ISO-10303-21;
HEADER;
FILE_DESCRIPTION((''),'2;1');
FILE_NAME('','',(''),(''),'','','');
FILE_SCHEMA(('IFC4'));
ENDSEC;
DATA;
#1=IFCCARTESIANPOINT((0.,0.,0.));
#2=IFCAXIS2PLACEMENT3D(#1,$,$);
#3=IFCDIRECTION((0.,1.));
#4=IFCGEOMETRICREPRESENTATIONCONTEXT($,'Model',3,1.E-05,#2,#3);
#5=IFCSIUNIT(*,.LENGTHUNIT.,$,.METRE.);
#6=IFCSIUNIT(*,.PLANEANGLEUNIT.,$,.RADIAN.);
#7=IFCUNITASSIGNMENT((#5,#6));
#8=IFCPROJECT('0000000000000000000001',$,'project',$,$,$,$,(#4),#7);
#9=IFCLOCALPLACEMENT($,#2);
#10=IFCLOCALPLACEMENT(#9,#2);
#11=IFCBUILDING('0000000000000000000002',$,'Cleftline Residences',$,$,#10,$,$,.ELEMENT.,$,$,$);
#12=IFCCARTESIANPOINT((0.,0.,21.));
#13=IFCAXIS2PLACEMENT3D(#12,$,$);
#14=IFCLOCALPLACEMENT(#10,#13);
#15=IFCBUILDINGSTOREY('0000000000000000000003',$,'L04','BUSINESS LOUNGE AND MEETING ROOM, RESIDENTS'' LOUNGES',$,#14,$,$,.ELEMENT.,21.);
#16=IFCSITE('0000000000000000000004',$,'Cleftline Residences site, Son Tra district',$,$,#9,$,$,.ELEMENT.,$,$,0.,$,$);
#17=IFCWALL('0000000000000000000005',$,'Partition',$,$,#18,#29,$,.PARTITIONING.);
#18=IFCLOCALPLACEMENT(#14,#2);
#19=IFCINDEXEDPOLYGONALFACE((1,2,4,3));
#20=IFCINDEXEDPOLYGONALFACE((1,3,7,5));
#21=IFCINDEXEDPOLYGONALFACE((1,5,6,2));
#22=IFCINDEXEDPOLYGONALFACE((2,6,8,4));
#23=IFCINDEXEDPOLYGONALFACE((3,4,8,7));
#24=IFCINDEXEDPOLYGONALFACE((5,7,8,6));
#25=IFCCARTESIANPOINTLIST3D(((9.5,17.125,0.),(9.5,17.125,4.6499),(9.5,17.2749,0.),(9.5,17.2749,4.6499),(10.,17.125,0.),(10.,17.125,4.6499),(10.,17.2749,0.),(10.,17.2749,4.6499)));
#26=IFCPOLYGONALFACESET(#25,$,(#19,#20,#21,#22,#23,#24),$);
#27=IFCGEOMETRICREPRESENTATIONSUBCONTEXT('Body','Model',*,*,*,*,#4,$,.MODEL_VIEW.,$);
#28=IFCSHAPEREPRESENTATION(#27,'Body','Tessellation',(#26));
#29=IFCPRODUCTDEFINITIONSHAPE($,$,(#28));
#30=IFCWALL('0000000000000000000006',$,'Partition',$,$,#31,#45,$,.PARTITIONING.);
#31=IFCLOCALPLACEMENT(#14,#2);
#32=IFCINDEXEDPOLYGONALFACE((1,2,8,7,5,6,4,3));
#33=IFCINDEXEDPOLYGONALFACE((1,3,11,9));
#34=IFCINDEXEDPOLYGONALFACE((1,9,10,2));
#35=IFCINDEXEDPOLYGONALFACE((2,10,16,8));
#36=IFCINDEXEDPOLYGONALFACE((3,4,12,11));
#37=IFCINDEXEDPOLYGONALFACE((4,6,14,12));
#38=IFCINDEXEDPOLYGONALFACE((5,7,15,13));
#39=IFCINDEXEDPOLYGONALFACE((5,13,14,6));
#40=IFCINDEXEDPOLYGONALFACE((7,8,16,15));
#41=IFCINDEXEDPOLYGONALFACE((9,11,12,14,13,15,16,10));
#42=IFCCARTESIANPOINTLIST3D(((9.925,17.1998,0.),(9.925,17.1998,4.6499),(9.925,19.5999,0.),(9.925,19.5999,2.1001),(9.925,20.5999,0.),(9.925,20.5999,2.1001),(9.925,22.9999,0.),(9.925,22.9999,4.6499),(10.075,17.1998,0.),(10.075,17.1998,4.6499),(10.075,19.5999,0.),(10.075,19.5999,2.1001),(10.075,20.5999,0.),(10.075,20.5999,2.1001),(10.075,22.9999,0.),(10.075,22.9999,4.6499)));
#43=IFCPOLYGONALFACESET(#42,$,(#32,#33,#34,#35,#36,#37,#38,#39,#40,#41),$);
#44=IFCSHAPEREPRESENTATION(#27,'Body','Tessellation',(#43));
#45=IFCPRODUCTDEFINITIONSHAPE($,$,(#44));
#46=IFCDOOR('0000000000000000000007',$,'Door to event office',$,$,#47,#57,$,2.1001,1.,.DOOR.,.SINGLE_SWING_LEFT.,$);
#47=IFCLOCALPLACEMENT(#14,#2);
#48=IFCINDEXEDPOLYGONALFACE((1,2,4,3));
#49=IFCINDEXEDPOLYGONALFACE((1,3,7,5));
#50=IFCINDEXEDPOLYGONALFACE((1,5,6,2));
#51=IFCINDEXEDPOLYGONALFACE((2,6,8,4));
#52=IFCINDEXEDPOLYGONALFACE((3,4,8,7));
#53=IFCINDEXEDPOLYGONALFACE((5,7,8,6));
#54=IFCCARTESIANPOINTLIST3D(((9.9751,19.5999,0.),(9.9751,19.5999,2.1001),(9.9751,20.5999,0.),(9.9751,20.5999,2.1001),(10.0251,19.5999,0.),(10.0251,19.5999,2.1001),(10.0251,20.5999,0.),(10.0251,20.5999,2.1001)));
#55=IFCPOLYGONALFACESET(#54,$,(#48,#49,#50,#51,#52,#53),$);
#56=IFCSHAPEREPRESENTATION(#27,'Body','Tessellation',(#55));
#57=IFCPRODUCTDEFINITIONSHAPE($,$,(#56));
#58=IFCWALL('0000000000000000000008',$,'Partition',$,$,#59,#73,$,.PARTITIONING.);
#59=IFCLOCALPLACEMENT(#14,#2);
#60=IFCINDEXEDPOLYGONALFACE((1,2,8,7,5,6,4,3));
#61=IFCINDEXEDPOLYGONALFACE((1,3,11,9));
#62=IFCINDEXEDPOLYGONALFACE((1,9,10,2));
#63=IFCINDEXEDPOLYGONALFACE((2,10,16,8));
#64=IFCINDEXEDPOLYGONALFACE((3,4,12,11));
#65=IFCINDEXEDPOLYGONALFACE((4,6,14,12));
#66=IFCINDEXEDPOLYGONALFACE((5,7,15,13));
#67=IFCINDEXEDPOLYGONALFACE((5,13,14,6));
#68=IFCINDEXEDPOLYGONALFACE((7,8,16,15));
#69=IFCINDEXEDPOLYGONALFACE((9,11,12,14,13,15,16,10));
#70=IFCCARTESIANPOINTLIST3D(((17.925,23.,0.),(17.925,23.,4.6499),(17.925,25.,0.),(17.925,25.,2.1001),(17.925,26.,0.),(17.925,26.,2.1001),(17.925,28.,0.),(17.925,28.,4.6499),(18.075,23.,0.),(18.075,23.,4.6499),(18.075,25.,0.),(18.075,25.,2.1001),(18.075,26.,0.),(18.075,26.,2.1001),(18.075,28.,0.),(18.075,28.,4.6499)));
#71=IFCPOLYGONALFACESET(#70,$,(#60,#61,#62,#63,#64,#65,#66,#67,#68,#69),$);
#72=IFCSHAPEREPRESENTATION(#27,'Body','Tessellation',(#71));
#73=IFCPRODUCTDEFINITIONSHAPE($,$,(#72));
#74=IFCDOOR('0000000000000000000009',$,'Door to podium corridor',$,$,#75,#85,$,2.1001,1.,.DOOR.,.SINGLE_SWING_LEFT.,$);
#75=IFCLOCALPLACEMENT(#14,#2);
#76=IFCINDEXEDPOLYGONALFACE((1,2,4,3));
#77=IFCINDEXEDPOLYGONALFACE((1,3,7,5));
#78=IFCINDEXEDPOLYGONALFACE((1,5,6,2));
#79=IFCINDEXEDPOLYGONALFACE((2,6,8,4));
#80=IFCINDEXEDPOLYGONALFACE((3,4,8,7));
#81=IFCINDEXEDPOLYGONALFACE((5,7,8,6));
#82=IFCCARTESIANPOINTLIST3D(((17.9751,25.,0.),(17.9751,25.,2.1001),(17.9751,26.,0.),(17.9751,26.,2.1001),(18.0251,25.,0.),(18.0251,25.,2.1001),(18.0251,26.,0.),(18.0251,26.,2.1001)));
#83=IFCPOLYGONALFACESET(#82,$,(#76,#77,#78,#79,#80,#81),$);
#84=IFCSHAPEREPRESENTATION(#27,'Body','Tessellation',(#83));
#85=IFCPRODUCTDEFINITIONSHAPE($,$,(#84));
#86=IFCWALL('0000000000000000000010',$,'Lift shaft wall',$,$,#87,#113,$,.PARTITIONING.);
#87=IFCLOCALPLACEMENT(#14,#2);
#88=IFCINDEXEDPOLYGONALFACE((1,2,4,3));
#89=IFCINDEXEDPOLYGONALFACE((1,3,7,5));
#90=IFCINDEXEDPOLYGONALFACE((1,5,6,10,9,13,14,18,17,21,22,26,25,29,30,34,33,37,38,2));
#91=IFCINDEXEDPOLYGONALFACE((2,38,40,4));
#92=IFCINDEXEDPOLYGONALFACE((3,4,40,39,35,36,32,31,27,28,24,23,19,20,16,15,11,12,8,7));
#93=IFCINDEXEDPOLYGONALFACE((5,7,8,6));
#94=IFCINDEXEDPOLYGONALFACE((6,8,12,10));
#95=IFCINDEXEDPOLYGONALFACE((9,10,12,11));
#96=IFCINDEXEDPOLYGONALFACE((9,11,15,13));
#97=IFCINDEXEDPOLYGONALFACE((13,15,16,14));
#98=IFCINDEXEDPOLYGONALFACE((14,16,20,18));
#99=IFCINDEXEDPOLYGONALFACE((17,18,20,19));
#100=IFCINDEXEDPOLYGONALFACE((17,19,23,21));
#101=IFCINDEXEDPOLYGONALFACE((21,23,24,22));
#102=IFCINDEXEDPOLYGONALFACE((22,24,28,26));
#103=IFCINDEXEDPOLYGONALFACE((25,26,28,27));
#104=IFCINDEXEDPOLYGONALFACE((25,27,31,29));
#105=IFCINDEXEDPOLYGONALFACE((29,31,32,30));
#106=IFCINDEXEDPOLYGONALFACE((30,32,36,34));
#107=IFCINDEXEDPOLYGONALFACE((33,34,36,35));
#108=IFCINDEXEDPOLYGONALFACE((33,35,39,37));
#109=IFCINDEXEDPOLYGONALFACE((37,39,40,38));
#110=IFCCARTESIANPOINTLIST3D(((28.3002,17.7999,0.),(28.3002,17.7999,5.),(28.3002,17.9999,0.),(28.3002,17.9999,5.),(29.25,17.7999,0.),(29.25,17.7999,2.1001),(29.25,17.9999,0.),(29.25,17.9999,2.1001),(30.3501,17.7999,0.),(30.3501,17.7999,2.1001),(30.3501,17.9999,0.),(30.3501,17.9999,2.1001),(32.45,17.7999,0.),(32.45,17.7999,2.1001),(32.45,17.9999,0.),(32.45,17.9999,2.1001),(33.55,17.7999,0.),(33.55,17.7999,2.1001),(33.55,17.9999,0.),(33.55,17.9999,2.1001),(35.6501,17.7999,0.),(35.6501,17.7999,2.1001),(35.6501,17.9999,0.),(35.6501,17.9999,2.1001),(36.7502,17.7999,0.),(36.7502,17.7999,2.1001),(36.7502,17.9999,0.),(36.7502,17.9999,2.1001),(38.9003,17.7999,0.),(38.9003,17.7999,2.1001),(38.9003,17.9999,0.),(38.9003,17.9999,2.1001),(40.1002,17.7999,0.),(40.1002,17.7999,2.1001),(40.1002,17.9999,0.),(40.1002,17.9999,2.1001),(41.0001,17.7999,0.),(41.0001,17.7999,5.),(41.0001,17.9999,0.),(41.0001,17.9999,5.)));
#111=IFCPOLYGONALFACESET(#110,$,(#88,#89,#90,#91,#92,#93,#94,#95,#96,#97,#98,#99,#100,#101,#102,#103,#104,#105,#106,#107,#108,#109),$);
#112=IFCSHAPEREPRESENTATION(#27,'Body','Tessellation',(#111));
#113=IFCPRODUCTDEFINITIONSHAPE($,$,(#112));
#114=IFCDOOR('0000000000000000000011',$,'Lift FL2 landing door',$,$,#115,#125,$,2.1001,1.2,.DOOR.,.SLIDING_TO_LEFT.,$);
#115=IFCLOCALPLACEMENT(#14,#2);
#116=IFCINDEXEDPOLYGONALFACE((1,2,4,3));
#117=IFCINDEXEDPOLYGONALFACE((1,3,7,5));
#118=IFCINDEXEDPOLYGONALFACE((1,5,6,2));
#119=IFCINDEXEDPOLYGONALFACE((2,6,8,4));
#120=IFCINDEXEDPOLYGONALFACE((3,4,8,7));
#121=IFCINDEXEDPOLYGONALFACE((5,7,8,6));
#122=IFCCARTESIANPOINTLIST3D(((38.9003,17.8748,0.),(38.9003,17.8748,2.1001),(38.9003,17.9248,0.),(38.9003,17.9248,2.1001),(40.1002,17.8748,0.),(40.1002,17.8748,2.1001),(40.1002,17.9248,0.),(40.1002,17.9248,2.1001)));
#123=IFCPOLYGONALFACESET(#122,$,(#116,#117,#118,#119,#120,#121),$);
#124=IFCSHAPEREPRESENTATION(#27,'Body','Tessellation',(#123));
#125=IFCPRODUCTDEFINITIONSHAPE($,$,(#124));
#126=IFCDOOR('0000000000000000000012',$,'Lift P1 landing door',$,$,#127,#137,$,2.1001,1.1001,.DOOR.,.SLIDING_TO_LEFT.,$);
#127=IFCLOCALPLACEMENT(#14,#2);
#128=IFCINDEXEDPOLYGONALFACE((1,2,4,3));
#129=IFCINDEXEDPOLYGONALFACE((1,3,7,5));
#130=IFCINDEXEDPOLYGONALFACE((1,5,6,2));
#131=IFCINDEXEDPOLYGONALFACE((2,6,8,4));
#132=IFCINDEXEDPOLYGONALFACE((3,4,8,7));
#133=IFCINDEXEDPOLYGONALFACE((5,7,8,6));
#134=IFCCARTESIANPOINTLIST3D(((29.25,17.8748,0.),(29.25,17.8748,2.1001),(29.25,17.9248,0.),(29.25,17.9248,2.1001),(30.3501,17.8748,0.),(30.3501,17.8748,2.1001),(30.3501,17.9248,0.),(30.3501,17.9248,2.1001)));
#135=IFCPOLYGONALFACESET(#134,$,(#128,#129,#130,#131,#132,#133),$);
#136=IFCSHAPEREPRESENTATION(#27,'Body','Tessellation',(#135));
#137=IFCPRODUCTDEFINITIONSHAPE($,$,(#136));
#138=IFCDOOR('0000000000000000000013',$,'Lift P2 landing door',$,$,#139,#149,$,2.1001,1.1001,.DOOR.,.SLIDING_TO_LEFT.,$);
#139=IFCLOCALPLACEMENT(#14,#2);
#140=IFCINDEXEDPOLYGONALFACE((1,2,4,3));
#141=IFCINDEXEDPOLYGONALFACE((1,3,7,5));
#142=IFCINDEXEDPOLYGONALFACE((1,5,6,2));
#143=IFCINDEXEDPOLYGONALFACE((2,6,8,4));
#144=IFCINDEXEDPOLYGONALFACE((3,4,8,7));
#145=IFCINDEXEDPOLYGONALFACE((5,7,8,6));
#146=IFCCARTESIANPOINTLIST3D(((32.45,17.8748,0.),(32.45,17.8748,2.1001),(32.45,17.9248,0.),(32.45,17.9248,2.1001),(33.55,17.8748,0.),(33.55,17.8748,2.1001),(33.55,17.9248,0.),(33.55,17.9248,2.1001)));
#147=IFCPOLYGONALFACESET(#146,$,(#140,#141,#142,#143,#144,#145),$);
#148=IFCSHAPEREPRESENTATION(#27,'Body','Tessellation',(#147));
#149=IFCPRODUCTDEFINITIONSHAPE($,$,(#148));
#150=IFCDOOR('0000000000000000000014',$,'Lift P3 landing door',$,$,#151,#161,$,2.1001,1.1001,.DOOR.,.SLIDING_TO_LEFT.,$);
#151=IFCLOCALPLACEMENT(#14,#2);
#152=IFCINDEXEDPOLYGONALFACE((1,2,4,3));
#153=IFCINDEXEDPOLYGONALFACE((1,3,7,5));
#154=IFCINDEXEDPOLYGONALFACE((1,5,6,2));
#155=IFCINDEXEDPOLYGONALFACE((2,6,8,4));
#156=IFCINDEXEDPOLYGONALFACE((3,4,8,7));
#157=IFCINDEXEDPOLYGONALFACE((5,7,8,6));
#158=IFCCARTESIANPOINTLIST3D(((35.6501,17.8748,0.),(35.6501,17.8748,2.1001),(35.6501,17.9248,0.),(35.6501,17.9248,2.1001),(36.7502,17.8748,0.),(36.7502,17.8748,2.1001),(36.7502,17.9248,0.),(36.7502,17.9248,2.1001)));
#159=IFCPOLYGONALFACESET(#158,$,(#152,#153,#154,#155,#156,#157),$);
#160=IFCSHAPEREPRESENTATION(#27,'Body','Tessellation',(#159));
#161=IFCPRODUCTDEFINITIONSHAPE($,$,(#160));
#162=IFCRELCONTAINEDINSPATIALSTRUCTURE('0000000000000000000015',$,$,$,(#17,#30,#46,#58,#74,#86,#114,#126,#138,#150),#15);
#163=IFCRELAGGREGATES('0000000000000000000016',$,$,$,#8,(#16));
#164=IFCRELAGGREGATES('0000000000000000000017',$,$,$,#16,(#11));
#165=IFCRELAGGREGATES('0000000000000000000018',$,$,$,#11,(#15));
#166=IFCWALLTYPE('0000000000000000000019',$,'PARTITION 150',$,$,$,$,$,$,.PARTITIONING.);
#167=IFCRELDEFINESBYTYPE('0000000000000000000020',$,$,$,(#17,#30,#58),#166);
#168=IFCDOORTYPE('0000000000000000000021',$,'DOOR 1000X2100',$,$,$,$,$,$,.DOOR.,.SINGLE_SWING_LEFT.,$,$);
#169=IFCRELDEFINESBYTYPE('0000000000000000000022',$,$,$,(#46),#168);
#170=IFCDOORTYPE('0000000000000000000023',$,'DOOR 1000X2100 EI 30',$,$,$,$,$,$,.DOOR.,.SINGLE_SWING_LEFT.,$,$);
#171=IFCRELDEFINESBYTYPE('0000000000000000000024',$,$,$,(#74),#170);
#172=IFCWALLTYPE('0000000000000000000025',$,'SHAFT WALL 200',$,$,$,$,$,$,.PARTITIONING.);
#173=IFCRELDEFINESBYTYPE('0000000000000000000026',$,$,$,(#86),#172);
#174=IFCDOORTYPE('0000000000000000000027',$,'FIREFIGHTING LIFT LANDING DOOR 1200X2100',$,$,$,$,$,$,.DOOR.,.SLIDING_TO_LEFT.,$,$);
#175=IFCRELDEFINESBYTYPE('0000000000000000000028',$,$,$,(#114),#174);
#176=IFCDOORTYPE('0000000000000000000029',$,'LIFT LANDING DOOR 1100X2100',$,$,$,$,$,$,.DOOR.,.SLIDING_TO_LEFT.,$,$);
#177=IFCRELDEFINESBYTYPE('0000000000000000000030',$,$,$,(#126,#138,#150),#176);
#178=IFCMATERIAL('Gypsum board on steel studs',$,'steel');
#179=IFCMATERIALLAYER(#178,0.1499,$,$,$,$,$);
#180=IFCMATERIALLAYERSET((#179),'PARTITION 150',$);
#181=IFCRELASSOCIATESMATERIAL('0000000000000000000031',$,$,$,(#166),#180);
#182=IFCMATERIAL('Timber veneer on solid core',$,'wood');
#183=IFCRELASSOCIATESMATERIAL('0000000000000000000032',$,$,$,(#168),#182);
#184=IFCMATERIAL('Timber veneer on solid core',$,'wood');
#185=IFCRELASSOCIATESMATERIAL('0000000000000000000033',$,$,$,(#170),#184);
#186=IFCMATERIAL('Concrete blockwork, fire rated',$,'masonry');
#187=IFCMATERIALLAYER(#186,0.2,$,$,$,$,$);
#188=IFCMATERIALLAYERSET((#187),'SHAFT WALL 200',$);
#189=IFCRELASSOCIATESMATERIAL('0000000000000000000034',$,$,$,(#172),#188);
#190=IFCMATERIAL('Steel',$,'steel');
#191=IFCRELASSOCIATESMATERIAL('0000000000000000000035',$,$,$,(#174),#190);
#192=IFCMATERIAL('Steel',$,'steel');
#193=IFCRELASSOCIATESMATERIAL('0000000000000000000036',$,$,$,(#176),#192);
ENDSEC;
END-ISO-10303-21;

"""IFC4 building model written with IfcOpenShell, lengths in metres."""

from ifc_helpers import new_model, si_unit, direction, frame, frame_2d, origin, place, context, subcontext, project, spatial, rectangle, extrude, material, layer, layer_set, type_object, element, fill, save


model = new_model("IFC4")

# Units and contexts
model_context = context("Model", 3, precision=1e-05, world=origin(), true_north=direction((0.0, 1.0)))
body_context = subcontext(model_context, "Body", "Model", "MODEL_VIEW")
ifc_project = project(units=[si_unit("LENGTHUNIT", "METRE"), si_unit("PLANEANGLEUNIT", "RADIAN")], contexts=[model_context])

# Site, building, storey
site_placement = place(None, origin())
site = spatial("IfcSite", under=ifc_project, at=site_placement, Name="Cleftline Residences site, Son Tra district", CompositionType="ELEMENT", RefElevation=0.0)
building_placement = place(site_placement, origin())
building = spatial("IfcBuilding", under=site, at=building_placement, Name="Cleftline Residences", CompositionType="ELEMENT")
storey_placement = place(building_placement, frame((0.0, 0.0, 21.0)))
storey = spatial("IfcBuildingStorey", under=building, at=storey_placement, Name="L04", Description="BUSINESS LOUNGE AND MEETING ROOM, RESIDENTS' LOUNGES", CompositionType="ELEMENT", Elevation=21.0)

# Wall
ifc_material_1 = material(Name="Gypsum board on steel studs", Category="steel")
ifc_layer_1 = layer(ifc_material_1, 0.1499)
ifc_layer_set_1 = layer_set([ifc_layer_1], Name="PARTITION 150")
wall_type_1 = type_object("IfcWallType", Name="PARTITION 150", PredefinedType="PARTITIONING", material=ifc_layer_set_1)
wall_1_placement = place(storey_placement, frame((9.5, 17.2, 0.0), z_axis=(0.0, 0.0, 1.0), x_axis=(1.0, 0.0, 0.0)))
element("IfcWall", 1, at=wall_1_placement, inside=storey, type_object=wall_type_1, Name="Partition", PredefinedType="PARTITIONING", context=body_context, shape_type="SweptSolid", body=[
    extrude(rectangle(XDim=0.5, YDim=0.1499, at=frame_2d((0.25, 0.0))), origin(), (0.0, 0.0, 1.0), 4.6499),
])

# Walls, openings, doors
wall_2_placement = place(storey_placement, frame((10.0, 17.2, 0.0), z_axis=(0.0, 0.0, 1.0), x_axis=(0.0, 1.0, 0.0)))
wall_2 = element("IfcWall", 2, at=wall_2_placement, inside=storey, type_object=wall_type_1, Name="Partition", PredefinedType="PARTITIONING", context=body_context, shape_type="SweptSolid", body=[
    extrude(rectangle(XDim=5.8, YDim=0.1499, at=frame_2d((2.8999, 0.0))), origin(), (0.0, 0.0, 1.0), 4.6499),
])
opening_1_placement = place(wall_2_placement, frame((2.3999, 0.0, 0.0)))
opening_1 = element("IfcOpeningElement", 3, at=opening_1_placement, cuts=wall_2, PredefinedType="OPENING", context=body_context, shape_type="SweptSolid", body=[
    extrude(rectangle(XDim=1.0, YDim=2.1001, at=frame_2d((0.5, 1.05))), frame((0.0, 0.085, 0.0), z_axis=(0.0, -1.0, 0.0), x_axis=(1.0, 0.0, 0.0)), (0.0, 0.0, 1.0), 0.1699),
])
ifc_material_2 = material(Name="Timber veneer on solid core", Category="wood")
door_type_1 = type_object("IfcDoorType", Name="DOOR 1000X2100", OperationType="SINGLE_SWING_LEFT", PredefinedType="DOOR", material=ifc_material_2)
door_1_placement = place(opening_1_placement, origin())
door_1 = element("IfcDoor", 4, at=door_1_placement, inside=storey, type_object=door_type_1, Name="Door to event office", OperationType="SINGLE_SWING_LEFT", OverallHeight=2.1001, OverallWidth=1.0, PredefinedType="DOOR", context=body_context, shape_type="SweptSolid", body=[
    extrude(rectangle(XDim=1.0, YDim=2.1001, at=frame_2d((0.5, 1.05))), frame((0.0, 0.0249, 0.0), z_axis=(0.0, -1.0, 0.0), x_axis=(1.0, 0.0, 0.0)), (0.0, 0.0, 1.0), 0.05),
])
fill(opening_1, door_1)
wall_3_placement = place(storey_placement, frame((18.0, 23.0, 0.0), z_axis=(0.0, 0.0, 1.0), x_axis=(0.0, 1.0, 0.0)))
wall_3 = element("IfcWall", 5, at=wall_3_placement, inside=storey, type_object=wall_type_1, Name="Partition", PredefinedType="PARTITIONING", context=body_context, shape_type="SweptSolid", body=[
    extrude(rectangle(XDim=5.0, YDim=0.1499, at=frame_2d((2.5, 0.0))), origin(), (0.0, 0.0, 1.0), 4.6499),
])
opening_2_placement = place(wall_3_placement, frame((2.0, 0.0, 0.0)))
opening_2 = element("IfcOpeningElement", 6, at=opening_2_placement, cuts=wall_3, PredefinedType="OPENING", context=body_context, shape_type="SweptSolid", body=[
    extrude(rectangle(XDim=1.0, YDim=2.1001, at=frame_2d((0.5, 1.05))), frame((0.0, 0.085, 0.0), z_axis=(0.0, -1.0, 0.0), x_axis=(1.0, 0.0, 0.0)), (0.0, 0.0, 1.0), 0.1699),
])
ifc_material_3 = material(Name="Timber veneer on solid core", Category="wood")
door_type_2 = type_object("IfcDoorType", Name="DOOR 1000X2100 EI 30", OperationType="SINGLE_SWING_LEFT", PredefinedType="DOOR", material=ifc_material_3)
door_2_placement = place(opening_2_placement, origin())
door_2 = element("IfcDoor", 7, at=door_2_placement, inside=storey, type_object=door_type_2, Name="Door to podium corridor", OperationType="SINGLE_SWING_LEFT", OverallHeight=2.1001, OverallWidth=1.0, PredefinedType="DOOR", context=body_context, shape_type="SweptSolid", body=[
    extrude(rectangle(XDim=1.0, YDim=2.1001, at=frame_2d((0.5, 1.05))), frame((0.0, 0.0249, 0.0), z_axis=(0.0, -1.0, 0.0), x_axis=(1.0, 0.0, 0.0)), (0.0, 0.0, 1.0), 0.05),
])
fill(opening_2, door_2)

# Wall, openings, doors
ifc_material_4 = material(Name="Concrete blockwork, fire rated", Category="masonry")
ifc_layer_2 = layer(ifc_material_4, 0.2)
ifc_layer_set_2 = layer_set([ifc_layer_2], Name="SHAFT WALL 200")
wall_type_2 = type_object("IfcWallType", Name="SHAFT WALL 200", PredefinedType="PARTITIONING", material=ifc_layer_set_2)
wall_4_placement = place(storey_placement, frame((28.3, 17.8999, 0.0), z_axis=(0.0, 0.0, 1.0), x_axis=(1.0, 0.0, 0.0)))
wall_4 = element("IfcWall", 8, at=wall_4_placement, inside=storey, type_object=wall_type_2, Name="Lift shaft wall", PredefinedType="PARTITIONING", context=body_context, shape_type="SweptSolid", body=[
    extrude(rectangle(XDim=12.7, YDim=0.2, at=frame_2d((6.3501, 0.0))), origin(), (0.0, 0.0, 1.0), 5.0),
])
opening_3_placement = place(wall_4_placement, frame((0.95, 0.0, 0.0)))
opening_3 = element("IfcOpeningElement", 9, at=opening_3_placement, cuts=wall_4, PredefinedType="OPENING", context=body_context, shape_type="SweptSolid", body=[
    extrude(rectangle(XDim=1.1001, YDim=2.1001, at=frame_2d((0.55, 1.05))), frame((0.0, 0.1099, 0.0), z_axis=(0.0, -1.0, 0.0), x_axis=(1.0, 0.0, 0.0)), (0.0, 0.0, 1.0), 0.22),
])
opening_4_placement = place(wall_4_placement, frame((4.1499, 0.0, 0.0)))
opening_4 = element("IfcOpeningElement", 10, at=opening_4_placement, cuts=wall_4, PredefinedType="OPENING", context=body_context, shape_type="SweptSolid", body=[
    extrude(rectangle(XDim=1.1001, YDim=2.1001, at=frame_2d((0.55, 1.05))), frame((0.0, 0.1099, 0.0), z_axis=(0.0, -1.0, 0.0), x_axis=(1.0, 0.0, 0.0)), (0.0, 0.0, 1.0), 0.22),
])
opening_5_placement = place(wall_4_placement, frame((7.3501, 0.0, 0.0)))
opening_5 = element("IfcOpeningElement", 11, at=opening_5_placement, cuts=wall_4, PredefinedType="OPENING", context=body_context, shape_type="SweptSolid", body=[
    extrude(rectangle(XDim=1.1001, YDim=2.1001, at=frame_2d((0.55, 1.05))), frame((0.0, 0.1099, 0.0), z_axis=(0.0, -1.0, 0.0), x_axis=(1.0, 0.0, 0.0)), (0.0, 0.0, 1.0), 0.22),
])
opening_6_placement = place(wall_4_placement, frame((10.6001, 0.0, 0.0)))
opening_6 = element("IfcOpeningElement", 12, at=opening_6_placement, cuts=wall_4, PredefinedType="OPENING", context=body_context, shape_type="SweptSolid", body=[
    extrude(rectangle(XDim=1.2, YDim=2.1001, at=frame_2d((0.6001, 1.05))), frame((0.0, 0.1099, 0.0), z_axis=(0.0, -1.0, 0.0), x_axis=(1.0, 0.0, 0.0)), (0.0, 0.0, 1.0), 0.22),
])
ifc_material_5 = material(Name="Steel", Category="steel")
door_type_3 = type_object("IfcDoorType", Name="FIREFIGHTING LIFT LANDING DOOR 1200X2100", OperationType="SLIDING_TO_LEFT", PredefinedType="DOOR", material=ifc_material_5)
door_3_placement = place(opening_6_placement, origin())
door_3 = element("IfcDoor", 13, at=door_3_placement, inside=storey, type_object=door_type_3, Name="Lift FL2 landing door", OperationType="SLIDING_TO_LEFT", OverallHeight=2.1001, OverallWidth=1.2, PredefinedType="DOOR", context=body_context, shape_type="SweptSolid", body=[
    extrude(rectangle(XDim=1.2, YDim=2.1001, at=frame_2d((0.6001, 1.05))), frame((0.0, 0.0249, 0.0), z_axis=(0.0, -1.0, 0.0), x_axis=(1.0, 0.0, 0.0)), (0.0, 0.0, 1.0), 0.05),
])
fill(opening_6, door_3)
ifc_material_6 = material(Name="Steel", Category="steel")
door_type_4 = type_object("IfcDoorType", Name="LIFT LANDING DOOR 1100X2100", OperationType="SLIDING_TO_LEFT", PredefinedType="DOOR", material=ifc_material_6)
door_4_placement = place(opening_3_placement, origin())
door_4 = element("IfcDoor", 14, at=door_4_placement, inside=storey, type_object=door_type_4, Name="Lift P1 landing door", OperationType="SLIDING_TO_LEFT", OverallHeight=2.1001, OverallWidth=1.1001, PredefinedType="DOOR", context=body_context, shape_type="SweptSolid", body=[
    extrude(rectangle(XDim=1.1001, YDim=2.1001, at=frame_2d((0.55, 1.05))), frame((0.0, 0.0249, 0.0), z_axis=(0.0, -1.0, 0.0), x_axis=(1.0, 0.0, 0.0)), (0.0, 0.0, 1.0), 0.05),
])
fill(opening_3, door_4)
door_5_placement = place(opening_4_placement, origin())
door_5 = element("IfcDoor", 15, at=door_5_placement, inside=storey, type_object=door_type_4, Name="Lift P2 landing door", OperationType="SLIDING_TO_LEFT", OverallHeight=2.1001, OverallWidth=1.1001, PredefinedType="DOOR", context=body_context, shape_type="SweptSolid", body=[
    extrude(rectangle(XDim=1.1001, YDim=2.1001, at=frame_2d((0.55, 1.05))), frame((0.0, 0.0249, 0.0), z_axis=(0.0, -1.0, 0.0), x_axis=(1.0, 0.0, 0.0)), (0.0, 0.0, 1.0), 0.05),
])
fill(opening_4, door_5)
door_6_placement = place(opening_5_placement, origin())
door_6 = element("IfcDoor", 16, at=door_6_placement, inside=storey, type_object=door_type_4, Name="Lift P3 landing door", OperationType="SLIDING_TO_LEFT", OverallHeight=2.1001, OverallWidth=1.1001, PredefinedType="DOOR", context=body_context, shape_type="SweptSolid", body=[
    extrude(rectangle(XDim=1.1001, YDim=2.1001, at=frame_2d((0.55, 1.05))), frame((0.0, 0.0249, 0.0), z_axis=(0.0, -1.0, 0.0), x_axis=(1.0, 0.0, 0.0)), (0.0, 0.0, 1.0), 0.05),
])
fill(opening_5, door_6)

save(model, "model.ifc")
